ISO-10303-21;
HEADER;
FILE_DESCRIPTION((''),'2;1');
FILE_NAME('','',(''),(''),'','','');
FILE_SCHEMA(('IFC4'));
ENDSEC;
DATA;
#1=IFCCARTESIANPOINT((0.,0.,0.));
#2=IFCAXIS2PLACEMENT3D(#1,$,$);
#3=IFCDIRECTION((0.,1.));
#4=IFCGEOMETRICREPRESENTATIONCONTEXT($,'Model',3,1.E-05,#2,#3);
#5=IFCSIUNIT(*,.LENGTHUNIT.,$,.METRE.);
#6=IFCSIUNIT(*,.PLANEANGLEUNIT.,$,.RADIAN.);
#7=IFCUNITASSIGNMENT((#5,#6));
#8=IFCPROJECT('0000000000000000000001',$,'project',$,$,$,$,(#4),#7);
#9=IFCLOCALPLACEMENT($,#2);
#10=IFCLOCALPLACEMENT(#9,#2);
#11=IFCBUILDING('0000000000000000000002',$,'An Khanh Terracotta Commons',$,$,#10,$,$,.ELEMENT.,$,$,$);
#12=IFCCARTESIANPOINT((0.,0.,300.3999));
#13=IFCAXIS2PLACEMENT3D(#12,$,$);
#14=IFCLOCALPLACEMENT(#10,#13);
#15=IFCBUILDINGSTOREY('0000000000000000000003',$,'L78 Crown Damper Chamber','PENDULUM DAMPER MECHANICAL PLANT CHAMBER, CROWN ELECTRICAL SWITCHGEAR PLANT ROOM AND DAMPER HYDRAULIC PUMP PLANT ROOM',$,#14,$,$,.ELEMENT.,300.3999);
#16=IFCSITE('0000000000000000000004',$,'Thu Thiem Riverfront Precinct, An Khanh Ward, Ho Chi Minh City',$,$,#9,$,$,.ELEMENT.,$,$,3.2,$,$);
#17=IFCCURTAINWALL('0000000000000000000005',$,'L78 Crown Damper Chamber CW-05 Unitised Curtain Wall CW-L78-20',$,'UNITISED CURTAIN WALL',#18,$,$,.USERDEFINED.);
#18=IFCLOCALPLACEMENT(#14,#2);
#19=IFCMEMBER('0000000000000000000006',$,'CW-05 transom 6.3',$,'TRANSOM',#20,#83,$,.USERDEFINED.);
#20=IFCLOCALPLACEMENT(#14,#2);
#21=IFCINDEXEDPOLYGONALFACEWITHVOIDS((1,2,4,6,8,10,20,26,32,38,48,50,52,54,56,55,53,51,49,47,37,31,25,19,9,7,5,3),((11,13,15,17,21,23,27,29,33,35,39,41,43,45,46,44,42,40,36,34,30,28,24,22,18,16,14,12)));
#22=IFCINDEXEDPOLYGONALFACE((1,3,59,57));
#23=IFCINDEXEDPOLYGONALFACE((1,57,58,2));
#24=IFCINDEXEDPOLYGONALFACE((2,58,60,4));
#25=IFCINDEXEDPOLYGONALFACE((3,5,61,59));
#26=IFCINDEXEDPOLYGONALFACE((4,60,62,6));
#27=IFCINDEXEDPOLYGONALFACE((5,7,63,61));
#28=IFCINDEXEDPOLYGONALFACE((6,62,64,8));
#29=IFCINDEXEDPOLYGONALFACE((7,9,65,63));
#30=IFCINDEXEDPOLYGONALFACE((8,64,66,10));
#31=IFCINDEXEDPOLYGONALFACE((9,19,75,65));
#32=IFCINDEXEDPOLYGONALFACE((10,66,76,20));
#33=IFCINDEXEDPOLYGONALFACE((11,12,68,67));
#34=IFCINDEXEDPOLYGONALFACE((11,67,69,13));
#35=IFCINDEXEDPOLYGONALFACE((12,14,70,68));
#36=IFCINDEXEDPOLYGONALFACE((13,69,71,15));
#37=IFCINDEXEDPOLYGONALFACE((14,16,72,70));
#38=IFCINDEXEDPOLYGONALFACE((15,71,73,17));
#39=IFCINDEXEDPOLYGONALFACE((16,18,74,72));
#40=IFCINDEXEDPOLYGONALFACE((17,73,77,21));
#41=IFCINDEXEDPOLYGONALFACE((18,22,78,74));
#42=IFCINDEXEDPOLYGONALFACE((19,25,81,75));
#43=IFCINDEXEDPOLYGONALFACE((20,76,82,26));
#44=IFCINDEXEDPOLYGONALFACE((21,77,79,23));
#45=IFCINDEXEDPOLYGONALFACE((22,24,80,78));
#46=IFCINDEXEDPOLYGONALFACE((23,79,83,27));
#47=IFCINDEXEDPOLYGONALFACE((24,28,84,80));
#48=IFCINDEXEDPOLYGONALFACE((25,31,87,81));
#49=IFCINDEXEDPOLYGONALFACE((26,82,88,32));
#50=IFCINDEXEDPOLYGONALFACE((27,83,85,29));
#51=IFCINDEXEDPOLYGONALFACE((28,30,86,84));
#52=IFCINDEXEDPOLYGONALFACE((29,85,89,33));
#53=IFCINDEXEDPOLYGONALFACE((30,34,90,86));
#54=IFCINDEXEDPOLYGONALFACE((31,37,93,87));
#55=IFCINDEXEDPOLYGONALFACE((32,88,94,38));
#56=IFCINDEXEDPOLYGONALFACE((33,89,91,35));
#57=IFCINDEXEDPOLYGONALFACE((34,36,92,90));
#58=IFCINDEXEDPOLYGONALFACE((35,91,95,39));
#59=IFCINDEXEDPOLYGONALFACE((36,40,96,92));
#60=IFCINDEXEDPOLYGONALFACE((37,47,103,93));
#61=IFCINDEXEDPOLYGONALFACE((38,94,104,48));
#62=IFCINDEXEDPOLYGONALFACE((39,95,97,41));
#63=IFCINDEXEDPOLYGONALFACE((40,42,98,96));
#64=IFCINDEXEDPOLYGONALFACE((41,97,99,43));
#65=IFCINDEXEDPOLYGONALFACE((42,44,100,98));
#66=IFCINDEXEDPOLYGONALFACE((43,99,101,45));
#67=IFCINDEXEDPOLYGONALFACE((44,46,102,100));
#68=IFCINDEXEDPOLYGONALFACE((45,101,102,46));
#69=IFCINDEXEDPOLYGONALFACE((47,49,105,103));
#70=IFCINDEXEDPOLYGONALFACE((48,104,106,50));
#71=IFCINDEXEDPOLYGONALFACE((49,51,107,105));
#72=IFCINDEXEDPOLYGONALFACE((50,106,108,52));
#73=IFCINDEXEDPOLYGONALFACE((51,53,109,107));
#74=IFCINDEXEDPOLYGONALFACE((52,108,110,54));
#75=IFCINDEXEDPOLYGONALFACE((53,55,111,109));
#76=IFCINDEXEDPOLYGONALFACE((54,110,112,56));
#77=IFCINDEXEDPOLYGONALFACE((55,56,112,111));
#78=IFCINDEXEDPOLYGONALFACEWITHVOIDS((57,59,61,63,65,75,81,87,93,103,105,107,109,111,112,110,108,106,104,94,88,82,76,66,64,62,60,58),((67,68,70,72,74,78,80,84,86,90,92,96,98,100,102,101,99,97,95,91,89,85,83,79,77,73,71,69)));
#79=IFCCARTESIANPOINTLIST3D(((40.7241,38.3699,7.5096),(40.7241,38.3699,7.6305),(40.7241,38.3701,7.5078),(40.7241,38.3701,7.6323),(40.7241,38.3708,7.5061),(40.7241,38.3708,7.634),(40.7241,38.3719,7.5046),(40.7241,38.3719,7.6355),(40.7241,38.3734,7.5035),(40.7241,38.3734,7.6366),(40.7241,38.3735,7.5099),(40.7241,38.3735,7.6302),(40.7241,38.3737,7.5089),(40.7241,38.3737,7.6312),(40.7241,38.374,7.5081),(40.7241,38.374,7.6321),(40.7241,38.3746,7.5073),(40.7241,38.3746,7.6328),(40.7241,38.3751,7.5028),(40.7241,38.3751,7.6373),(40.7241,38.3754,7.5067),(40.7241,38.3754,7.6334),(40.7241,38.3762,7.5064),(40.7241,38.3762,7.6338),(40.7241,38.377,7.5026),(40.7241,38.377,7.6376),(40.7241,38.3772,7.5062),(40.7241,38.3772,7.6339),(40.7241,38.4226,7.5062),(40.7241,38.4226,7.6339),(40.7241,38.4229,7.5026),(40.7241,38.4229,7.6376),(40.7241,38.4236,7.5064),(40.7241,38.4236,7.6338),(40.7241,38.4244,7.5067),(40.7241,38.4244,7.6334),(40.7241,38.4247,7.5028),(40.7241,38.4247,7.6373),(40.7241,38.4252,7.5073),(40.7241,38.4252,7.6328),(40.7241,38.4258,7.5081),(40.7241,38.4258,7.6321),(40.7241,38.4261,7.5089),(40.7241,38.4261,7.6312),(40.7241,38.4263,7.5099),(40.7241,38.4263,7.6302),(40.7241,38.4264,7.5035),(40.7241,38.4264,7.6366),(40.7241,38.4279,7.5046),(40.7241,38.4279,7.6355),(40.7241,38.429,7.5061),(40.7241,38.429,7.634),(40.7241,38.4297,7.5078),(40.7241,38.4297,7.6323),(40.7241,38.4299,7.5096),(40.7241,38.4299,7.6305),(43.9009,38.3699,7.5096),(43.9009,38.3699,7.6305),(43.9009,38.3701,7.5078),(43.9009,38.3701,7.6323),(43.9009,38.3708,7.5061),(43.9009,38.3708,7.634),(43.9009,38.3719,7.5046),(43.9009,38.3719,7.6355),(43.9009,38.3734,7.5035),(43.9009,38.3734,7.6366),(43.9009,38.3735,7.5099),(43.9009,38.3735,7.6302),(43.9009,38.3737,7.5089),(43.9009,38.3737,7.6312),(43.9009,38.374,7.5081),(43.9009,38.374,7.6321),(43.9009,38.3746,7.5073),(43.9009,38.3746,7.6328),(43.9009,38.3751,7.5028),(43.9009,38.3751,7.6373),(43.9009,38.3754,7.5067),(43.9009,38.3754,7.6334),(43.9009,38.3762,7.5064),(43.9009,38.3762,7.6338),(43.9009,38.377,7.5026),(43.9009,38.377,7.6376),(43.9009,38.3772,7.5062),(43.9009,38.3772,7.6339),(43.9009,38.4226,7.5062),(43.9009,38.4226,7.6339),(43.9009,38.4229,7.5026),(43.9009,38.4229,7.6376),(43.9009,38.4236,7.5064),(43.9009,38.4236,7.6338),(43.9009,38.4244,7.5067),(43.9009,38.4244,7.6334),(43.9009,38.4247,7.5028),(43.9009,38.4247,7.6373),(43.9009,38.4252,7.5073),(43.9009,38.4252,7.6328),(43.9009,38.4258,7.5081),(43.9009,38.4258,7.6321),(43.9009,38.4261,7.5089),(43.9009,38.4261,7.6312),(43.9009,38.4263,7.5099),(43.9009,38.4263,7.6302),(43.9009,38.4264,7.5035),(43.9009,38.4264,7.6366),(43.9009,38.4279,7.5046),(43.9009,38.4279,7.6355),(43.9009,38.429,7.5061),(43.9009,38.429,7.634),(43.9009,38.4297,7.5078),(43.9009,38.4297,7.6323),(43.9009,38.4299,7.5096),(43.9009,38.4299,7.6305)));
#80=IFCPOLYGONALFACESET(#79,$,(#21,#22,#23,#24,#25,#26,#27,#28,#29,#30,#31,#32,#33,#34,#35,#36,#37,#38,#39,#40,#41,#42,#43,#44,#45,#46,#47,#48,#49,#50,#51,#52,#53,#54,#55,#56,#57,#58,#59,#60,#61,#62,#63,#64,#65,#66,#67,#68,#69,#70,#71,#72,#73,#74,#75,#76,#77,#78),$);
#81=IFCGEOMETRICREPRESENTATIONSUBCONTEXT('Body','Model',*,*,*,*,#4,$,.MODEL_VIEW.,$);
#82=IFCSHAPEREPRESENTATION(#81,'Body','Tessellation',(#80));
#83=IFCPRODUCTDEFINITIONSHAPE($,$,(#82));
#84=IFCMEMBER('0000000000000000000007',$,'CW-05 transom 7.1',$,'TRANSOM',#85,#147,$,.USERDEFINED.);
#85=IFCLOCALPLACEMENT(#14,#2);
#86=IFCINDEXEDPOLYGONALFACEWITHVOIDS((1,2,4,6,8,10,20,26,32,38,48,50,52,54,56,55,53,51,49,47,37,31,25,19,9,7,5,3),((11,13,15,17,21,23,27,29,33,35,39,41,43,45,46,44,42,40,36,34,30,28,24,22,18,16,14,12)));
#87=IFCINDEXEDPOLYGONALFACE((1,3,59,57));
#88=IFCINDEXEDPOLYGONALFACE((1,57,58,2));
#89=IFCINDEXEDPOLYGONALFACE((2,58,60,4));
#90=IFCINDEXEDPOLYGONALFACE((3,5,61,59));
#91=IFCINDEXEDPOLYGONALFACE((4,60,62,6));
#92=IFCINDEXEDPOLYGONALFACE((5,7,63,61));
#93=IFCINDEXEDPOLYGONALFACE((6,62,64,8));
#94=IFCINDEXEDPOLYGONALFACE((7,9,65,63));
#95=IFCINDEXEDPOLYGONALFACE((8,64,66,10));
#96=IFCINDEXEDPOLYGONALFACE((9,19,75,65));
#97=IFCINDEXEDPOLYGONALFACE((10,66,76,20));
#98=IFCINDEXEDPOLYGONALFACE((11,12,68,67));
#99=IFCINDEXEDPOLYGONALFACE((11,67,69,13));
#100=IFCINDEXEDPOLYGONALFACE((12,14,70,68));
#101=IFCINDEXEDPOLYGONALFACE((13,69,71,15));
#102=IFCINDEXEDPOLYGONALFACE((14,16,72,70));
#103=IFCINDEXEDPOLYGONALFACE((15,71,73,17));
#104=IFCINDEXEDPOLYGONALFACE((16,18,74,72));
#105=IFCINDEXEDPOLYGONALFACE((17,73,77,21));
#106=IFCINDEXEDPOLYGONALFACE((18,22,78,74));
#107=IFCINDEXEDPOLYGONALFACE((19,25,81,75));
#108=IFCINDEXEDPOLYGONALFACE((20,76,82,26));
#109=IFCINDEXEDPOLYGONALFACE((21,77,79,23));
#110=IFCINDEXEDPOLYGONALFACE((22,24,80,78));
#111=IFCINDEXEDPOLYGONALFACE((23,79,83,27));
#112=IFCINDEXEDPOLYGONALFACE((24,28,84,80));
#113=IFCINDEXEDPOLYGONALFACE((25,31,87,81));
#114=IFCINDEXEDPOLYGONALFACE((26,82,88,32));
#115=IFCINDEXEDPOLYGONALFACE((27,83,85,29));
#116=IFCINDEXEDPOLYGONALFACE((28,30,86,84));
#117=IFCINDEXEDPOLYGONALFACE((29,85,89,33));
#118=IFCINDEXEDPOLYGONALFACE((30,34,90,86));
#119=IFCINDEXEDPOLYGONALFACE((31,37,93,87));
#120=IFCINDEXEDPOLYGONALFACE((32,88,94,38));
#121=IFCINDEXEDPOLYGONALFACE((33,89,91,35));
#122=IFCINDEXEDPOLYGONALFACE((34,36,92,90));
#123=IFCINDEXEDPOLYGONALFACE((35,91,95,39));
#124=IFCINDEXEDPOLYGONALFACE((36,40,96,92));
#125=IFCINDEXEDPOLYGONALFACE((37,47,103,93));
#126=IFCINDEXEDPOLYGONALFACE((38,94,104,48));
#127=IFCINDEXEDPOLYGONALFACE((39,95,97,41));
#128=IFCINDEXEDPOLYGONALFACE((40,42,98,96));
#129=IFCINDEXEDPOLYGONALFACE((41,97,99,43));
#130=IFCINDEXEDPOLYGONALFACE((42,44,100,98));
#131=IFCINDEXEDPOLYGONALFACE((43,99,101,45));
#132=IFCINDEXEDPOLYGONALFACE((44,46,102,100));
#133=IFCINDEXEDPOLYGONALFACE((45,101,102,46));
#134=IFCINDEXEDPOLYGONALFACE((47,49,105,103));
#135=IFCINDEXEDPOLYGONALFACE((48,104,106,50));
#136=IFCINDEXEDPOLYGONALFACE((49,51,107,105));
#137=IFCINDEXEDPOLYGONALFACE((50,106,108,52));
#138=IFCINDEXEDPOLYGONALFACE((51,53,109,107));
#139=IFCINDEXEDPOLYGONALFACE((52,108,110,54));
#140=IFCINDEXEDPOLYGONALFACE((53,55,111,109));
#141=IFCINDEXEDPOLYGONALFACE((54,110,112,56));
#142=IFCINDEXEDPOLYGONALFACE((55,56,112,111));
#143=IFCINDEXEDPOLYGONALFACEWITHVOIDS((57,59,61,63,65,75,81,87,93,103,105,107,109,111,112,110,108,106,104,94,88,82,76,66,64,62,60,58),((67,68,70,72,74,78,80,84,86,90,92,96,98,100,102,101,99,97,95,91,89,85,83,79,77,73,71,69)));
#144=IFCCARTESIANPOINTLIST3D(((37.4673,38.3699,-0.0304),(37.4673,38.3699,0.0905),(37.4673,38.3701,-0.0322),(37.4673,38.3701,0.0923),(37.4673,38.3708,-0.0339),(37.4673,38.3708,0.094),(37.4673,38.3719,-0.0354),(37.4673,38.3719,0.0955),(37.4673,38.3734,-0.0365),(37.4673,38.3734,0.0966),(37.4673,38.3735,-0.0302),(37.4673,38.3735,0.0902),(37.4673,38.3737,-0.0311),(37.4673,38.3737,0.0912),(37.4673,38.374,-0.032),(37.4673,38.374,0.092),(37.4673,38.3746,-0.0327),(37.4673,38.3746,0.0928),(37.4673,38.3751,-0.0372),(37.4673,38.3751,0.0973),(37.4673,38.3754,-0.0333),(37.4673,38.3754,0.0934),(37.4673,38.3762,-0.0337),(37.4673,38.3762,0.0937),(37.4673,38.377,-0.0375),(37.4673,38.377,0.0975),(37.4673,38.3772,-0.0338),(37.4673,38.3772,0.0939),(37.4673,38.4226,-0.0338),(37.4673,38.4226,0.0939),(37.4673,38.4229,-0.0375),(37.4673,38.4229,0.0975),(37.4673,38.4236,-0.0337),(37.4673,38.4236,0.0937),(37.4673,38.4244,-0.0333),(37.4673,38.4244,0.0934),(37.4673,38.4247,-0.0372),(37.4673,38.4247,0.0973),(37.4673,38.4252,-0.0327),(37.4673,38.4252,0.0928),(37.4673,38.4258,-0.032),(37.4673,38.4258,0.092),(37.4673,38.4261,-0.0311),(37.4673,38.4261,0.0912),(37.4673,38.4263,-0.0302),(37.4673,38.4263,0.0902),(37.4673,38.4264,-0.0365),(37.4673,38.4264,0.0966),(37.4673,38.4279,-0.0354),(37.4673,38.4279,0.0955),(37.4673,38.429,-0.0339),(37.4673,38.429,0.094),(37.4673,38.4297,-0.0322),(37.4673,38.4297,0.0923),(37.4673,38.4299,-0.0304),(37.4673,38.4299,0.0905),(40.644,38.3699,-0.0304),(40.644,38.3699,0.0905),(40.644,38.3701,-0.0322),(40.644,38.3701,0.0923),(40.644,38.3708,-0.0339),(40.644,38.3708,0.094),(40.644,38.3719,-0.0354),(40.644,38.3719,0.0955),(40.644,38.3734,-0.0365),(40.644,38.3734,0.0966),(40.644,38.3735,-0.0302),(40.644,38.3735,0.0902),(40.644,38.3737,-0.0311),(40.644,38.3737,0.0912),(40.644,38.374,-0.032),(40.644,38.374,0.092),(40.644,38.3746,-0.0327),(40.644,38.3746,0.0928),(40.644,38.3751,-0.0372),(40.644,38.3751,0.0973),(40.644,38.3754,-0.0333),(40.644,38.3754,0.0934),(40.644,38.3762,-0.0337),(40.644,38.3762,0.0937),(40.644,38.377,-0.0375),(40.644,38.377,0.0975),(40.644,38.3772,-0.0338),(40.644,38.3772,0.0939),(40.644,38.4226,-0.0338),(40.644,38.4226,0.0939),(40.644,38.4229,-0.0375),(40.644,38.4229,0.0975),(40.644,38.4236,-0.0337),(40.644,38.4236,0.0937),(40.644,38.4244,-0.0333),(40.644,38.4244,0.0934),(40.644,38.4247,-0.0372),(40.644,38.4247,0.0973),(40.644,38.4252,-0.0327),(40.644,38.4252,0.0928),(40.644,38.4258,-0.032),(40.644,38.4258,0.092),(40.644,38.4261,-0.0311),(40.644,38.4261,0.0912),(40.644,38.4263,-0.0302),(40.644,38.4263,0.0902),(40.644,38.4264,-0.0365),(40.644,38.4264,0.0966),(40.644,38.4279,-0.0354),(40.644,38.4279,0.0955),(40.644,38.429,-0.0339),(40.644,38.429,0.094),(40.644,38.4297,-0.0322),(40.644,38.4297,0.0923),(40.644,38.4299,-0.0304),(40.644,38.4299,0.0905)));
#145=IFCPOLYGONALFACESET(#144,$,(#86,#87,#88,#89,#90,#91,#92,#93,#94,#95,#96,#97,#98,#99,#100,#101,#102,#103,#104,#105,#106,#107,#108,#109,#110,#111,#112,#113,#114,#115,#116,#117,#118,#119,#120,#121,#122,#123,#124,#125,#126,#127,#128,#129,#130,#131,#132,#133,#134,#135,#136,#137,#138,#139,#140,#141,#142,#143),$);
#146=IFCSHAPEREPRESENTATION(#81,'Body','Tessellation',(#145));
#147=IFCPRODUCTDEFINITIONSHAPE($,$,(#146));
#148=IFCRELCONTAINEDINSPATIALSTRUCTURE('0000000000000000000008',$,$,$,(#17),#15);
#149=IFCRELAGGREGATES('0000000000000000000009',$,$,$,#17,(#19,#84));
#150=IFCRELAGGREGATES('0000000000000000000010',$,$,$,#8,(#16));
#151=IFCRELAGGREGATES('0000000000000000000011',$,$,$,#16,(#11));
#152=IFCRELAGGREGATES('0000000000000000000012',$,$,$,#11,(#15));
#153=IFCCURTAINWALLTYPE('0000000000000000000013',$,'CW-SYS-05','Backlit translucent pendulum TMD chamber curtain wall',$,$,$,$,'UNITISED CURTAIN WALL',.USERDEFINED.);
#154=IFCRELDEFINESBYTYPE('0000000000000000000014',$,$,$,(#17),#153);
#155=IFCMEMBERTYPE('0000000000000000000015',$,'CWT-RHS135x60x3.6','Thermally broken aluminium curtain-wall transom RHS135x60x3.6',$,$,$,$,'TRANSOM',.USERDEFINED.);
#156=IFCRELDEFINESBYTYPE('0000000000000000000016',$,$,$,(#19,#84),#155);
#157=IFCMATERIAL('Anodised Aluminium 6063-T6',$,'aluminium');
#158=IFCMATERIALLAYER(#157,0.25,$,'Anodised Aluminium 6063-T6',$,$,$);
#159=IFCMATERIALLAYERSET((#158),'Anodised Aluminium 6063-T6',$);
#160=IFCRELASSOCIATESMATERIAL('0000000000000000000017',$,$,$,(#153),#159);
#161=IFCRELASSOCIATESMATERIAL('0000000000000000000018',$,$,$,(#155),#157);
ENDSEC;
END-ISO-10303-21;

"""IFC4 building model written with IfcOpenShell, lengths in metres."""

from ifc_helpers import new_model, si_unit, direction, frame, origin, origin_2d, place, context, subcontext, project, spatial, hollow_rectangle, extrude, material, layer, layer_set, material_profile, profile_set, type_object, element, aggregate, save


model = new_model("IFC4")

# Units and contexts
model_context = context("Model", 3, precision=1e-05, world=origin(), true_north=direction((0.0, 1.0)))
body_context = subcontext(model_context, "Body", "Model", "MODEL_VIEW")
ifc_project = project(units=[si_unit("LENGTHUNIT", "METRE"), si_unit("PLANEANGLEUNIT", "RADIAN")], contexts=[model_context])

# Site, building, storey
site_placement = place(None, origin())
site = spatial("IfcSite", under=ifc_project, at=site_placement, Name="Thu Thiem Riverfront Precinct, An Khanh Ward, Ho Chi Minh City", CompositionType="ELEMENT", RefElevation=3.2)
building_placement = place(site_placement, origin())
building = spatial("IfcBuilding", under=site, at=building_placement, Name="An Khanh Terracotta Commons", CompositionType="ELEMENT")
storey_placement = place(building_placement, frame((0.0, 0.0, 300.3999)))
storey = spatial("IfcBuildingStorey", under=building, at=storey_placement, Name="L78 Crown Damper Chamber", Description="PENDULUM DAMPER MECHANICAL PLANT CHAMBER, CROWN ELECTRICAL SWITCHGEAR PLANT ROOM AND DAMPER HYDRAULIC PUMP PLANT ROOM", CompositionType="ELEMENT", Elevation=300.3999)

# Curtain wall, members
ifc_material_1 = material(Name="Anodised Aluminium 6063-T6", Category="aluminium")
ifc_layer_1 = layer(ifc_material_1, 0.25, Name="Anodised Aluminium 6063-T6")
ifc_layer_set_1 = layer_set([ifc_layer_1], Name="Anodised Aluminium 6063-T6")
curtain_wall_type = type_object("IfcCurtainWallType", Name="CW-SYS-05", Description="Backlit translucent pendulum TMD chamber curtain wall", ElementType="UNITISED CURTAIN WALL", PredefinedType="USERDEFINED", material=ifc_layer_set_1)
curtain_wall_placement = place(storey_placement, origin())
curtain_wall = element("IfcCurtainWall", 1, at=curtain_wall_placement, inside=storey, type_object=curtain_wall_type, Name="L78 Crown Damper Chamber CW-05 Unitised Curtain Wall CW-L78-20", ObjectType="UNITISED CURTAIN WALL", PredefinedType="USERDEFINED")
ifc_material_profile_1 = material_profile(ifc_material_1, hollow_rectangle(XDim=0.0601, YDim=0.135, WallThickness=0.0037, InnerFilletRadius=0.0037, OuterFilletRadius=0.0071, at=origin_2d()), Name="RHS135x60x3.6")
ifc_profile_set_1 = profile_set([ifc_material_profile_1], Name="Anodised Aluminium 6063-T6")
member_type_1 = type_object("IfcMemberType", Name="CWT-RHS135x60x3.6", Description="Thermally broken aluminium curtain-wall transom RHS135x60x3.6", ElementType="TRANSOM", PredefinedType="USERDEFINED", material=ifc_profile_set_1)
member_1_placement = place(storey_placement, frame((43.9009, 38.3999, 7.5701), z_axis=(-1.0, 0.0, 0.0), x_axis=(0.0, -1.0, 0.0)))
member_1 = element("IfcMember", 2, at=member_1_placement, type_object=member_type_1, Name="CW-05 transom 6.3", ObjectType="TRANSOM", PredefinedType="USERDEFINED", context=body_context, shape_type="SweptSolid", body=[
    extrude(hollow_rectangle(XDim=0.0601, YDim=0.135, WallThickness=0.0037, InnerFilletRadius=0.0037, OuterFilletRadius=0.0071, at=origin_2d()), origin(), (0.0, 0.0, 1.0), 3.1768),
])
member_2_placement = place(storey_placement, frame((40.644, 38.3999, 0.03), z_axis=(-1.0, 0.0, 0.0), x_axis=(0.0, -1.0, 0.0)))
member_2 = element("IfcMember", 3, at=member_2_placement, type_object=member_type_1, Name="CW-05 transom 7.1", ObjectType="TRANSOM", PredefinedType="USERDEFINED", context=body_context, shape_type="SweptSolid", body=[
    extrude(hollow_rectangle(XDim=0.0601, YDim=0.135, WallThickness=0.0037, InnerFilletRadius=0.0037, OuterFilletRadius=0.0071, at=origin_2d()), origin(), (0.0, 0.0, 1.0), 3.1768),
])

aggregate(curtain_wall, [member_1, member_2])

save(model, "model.ifc")
